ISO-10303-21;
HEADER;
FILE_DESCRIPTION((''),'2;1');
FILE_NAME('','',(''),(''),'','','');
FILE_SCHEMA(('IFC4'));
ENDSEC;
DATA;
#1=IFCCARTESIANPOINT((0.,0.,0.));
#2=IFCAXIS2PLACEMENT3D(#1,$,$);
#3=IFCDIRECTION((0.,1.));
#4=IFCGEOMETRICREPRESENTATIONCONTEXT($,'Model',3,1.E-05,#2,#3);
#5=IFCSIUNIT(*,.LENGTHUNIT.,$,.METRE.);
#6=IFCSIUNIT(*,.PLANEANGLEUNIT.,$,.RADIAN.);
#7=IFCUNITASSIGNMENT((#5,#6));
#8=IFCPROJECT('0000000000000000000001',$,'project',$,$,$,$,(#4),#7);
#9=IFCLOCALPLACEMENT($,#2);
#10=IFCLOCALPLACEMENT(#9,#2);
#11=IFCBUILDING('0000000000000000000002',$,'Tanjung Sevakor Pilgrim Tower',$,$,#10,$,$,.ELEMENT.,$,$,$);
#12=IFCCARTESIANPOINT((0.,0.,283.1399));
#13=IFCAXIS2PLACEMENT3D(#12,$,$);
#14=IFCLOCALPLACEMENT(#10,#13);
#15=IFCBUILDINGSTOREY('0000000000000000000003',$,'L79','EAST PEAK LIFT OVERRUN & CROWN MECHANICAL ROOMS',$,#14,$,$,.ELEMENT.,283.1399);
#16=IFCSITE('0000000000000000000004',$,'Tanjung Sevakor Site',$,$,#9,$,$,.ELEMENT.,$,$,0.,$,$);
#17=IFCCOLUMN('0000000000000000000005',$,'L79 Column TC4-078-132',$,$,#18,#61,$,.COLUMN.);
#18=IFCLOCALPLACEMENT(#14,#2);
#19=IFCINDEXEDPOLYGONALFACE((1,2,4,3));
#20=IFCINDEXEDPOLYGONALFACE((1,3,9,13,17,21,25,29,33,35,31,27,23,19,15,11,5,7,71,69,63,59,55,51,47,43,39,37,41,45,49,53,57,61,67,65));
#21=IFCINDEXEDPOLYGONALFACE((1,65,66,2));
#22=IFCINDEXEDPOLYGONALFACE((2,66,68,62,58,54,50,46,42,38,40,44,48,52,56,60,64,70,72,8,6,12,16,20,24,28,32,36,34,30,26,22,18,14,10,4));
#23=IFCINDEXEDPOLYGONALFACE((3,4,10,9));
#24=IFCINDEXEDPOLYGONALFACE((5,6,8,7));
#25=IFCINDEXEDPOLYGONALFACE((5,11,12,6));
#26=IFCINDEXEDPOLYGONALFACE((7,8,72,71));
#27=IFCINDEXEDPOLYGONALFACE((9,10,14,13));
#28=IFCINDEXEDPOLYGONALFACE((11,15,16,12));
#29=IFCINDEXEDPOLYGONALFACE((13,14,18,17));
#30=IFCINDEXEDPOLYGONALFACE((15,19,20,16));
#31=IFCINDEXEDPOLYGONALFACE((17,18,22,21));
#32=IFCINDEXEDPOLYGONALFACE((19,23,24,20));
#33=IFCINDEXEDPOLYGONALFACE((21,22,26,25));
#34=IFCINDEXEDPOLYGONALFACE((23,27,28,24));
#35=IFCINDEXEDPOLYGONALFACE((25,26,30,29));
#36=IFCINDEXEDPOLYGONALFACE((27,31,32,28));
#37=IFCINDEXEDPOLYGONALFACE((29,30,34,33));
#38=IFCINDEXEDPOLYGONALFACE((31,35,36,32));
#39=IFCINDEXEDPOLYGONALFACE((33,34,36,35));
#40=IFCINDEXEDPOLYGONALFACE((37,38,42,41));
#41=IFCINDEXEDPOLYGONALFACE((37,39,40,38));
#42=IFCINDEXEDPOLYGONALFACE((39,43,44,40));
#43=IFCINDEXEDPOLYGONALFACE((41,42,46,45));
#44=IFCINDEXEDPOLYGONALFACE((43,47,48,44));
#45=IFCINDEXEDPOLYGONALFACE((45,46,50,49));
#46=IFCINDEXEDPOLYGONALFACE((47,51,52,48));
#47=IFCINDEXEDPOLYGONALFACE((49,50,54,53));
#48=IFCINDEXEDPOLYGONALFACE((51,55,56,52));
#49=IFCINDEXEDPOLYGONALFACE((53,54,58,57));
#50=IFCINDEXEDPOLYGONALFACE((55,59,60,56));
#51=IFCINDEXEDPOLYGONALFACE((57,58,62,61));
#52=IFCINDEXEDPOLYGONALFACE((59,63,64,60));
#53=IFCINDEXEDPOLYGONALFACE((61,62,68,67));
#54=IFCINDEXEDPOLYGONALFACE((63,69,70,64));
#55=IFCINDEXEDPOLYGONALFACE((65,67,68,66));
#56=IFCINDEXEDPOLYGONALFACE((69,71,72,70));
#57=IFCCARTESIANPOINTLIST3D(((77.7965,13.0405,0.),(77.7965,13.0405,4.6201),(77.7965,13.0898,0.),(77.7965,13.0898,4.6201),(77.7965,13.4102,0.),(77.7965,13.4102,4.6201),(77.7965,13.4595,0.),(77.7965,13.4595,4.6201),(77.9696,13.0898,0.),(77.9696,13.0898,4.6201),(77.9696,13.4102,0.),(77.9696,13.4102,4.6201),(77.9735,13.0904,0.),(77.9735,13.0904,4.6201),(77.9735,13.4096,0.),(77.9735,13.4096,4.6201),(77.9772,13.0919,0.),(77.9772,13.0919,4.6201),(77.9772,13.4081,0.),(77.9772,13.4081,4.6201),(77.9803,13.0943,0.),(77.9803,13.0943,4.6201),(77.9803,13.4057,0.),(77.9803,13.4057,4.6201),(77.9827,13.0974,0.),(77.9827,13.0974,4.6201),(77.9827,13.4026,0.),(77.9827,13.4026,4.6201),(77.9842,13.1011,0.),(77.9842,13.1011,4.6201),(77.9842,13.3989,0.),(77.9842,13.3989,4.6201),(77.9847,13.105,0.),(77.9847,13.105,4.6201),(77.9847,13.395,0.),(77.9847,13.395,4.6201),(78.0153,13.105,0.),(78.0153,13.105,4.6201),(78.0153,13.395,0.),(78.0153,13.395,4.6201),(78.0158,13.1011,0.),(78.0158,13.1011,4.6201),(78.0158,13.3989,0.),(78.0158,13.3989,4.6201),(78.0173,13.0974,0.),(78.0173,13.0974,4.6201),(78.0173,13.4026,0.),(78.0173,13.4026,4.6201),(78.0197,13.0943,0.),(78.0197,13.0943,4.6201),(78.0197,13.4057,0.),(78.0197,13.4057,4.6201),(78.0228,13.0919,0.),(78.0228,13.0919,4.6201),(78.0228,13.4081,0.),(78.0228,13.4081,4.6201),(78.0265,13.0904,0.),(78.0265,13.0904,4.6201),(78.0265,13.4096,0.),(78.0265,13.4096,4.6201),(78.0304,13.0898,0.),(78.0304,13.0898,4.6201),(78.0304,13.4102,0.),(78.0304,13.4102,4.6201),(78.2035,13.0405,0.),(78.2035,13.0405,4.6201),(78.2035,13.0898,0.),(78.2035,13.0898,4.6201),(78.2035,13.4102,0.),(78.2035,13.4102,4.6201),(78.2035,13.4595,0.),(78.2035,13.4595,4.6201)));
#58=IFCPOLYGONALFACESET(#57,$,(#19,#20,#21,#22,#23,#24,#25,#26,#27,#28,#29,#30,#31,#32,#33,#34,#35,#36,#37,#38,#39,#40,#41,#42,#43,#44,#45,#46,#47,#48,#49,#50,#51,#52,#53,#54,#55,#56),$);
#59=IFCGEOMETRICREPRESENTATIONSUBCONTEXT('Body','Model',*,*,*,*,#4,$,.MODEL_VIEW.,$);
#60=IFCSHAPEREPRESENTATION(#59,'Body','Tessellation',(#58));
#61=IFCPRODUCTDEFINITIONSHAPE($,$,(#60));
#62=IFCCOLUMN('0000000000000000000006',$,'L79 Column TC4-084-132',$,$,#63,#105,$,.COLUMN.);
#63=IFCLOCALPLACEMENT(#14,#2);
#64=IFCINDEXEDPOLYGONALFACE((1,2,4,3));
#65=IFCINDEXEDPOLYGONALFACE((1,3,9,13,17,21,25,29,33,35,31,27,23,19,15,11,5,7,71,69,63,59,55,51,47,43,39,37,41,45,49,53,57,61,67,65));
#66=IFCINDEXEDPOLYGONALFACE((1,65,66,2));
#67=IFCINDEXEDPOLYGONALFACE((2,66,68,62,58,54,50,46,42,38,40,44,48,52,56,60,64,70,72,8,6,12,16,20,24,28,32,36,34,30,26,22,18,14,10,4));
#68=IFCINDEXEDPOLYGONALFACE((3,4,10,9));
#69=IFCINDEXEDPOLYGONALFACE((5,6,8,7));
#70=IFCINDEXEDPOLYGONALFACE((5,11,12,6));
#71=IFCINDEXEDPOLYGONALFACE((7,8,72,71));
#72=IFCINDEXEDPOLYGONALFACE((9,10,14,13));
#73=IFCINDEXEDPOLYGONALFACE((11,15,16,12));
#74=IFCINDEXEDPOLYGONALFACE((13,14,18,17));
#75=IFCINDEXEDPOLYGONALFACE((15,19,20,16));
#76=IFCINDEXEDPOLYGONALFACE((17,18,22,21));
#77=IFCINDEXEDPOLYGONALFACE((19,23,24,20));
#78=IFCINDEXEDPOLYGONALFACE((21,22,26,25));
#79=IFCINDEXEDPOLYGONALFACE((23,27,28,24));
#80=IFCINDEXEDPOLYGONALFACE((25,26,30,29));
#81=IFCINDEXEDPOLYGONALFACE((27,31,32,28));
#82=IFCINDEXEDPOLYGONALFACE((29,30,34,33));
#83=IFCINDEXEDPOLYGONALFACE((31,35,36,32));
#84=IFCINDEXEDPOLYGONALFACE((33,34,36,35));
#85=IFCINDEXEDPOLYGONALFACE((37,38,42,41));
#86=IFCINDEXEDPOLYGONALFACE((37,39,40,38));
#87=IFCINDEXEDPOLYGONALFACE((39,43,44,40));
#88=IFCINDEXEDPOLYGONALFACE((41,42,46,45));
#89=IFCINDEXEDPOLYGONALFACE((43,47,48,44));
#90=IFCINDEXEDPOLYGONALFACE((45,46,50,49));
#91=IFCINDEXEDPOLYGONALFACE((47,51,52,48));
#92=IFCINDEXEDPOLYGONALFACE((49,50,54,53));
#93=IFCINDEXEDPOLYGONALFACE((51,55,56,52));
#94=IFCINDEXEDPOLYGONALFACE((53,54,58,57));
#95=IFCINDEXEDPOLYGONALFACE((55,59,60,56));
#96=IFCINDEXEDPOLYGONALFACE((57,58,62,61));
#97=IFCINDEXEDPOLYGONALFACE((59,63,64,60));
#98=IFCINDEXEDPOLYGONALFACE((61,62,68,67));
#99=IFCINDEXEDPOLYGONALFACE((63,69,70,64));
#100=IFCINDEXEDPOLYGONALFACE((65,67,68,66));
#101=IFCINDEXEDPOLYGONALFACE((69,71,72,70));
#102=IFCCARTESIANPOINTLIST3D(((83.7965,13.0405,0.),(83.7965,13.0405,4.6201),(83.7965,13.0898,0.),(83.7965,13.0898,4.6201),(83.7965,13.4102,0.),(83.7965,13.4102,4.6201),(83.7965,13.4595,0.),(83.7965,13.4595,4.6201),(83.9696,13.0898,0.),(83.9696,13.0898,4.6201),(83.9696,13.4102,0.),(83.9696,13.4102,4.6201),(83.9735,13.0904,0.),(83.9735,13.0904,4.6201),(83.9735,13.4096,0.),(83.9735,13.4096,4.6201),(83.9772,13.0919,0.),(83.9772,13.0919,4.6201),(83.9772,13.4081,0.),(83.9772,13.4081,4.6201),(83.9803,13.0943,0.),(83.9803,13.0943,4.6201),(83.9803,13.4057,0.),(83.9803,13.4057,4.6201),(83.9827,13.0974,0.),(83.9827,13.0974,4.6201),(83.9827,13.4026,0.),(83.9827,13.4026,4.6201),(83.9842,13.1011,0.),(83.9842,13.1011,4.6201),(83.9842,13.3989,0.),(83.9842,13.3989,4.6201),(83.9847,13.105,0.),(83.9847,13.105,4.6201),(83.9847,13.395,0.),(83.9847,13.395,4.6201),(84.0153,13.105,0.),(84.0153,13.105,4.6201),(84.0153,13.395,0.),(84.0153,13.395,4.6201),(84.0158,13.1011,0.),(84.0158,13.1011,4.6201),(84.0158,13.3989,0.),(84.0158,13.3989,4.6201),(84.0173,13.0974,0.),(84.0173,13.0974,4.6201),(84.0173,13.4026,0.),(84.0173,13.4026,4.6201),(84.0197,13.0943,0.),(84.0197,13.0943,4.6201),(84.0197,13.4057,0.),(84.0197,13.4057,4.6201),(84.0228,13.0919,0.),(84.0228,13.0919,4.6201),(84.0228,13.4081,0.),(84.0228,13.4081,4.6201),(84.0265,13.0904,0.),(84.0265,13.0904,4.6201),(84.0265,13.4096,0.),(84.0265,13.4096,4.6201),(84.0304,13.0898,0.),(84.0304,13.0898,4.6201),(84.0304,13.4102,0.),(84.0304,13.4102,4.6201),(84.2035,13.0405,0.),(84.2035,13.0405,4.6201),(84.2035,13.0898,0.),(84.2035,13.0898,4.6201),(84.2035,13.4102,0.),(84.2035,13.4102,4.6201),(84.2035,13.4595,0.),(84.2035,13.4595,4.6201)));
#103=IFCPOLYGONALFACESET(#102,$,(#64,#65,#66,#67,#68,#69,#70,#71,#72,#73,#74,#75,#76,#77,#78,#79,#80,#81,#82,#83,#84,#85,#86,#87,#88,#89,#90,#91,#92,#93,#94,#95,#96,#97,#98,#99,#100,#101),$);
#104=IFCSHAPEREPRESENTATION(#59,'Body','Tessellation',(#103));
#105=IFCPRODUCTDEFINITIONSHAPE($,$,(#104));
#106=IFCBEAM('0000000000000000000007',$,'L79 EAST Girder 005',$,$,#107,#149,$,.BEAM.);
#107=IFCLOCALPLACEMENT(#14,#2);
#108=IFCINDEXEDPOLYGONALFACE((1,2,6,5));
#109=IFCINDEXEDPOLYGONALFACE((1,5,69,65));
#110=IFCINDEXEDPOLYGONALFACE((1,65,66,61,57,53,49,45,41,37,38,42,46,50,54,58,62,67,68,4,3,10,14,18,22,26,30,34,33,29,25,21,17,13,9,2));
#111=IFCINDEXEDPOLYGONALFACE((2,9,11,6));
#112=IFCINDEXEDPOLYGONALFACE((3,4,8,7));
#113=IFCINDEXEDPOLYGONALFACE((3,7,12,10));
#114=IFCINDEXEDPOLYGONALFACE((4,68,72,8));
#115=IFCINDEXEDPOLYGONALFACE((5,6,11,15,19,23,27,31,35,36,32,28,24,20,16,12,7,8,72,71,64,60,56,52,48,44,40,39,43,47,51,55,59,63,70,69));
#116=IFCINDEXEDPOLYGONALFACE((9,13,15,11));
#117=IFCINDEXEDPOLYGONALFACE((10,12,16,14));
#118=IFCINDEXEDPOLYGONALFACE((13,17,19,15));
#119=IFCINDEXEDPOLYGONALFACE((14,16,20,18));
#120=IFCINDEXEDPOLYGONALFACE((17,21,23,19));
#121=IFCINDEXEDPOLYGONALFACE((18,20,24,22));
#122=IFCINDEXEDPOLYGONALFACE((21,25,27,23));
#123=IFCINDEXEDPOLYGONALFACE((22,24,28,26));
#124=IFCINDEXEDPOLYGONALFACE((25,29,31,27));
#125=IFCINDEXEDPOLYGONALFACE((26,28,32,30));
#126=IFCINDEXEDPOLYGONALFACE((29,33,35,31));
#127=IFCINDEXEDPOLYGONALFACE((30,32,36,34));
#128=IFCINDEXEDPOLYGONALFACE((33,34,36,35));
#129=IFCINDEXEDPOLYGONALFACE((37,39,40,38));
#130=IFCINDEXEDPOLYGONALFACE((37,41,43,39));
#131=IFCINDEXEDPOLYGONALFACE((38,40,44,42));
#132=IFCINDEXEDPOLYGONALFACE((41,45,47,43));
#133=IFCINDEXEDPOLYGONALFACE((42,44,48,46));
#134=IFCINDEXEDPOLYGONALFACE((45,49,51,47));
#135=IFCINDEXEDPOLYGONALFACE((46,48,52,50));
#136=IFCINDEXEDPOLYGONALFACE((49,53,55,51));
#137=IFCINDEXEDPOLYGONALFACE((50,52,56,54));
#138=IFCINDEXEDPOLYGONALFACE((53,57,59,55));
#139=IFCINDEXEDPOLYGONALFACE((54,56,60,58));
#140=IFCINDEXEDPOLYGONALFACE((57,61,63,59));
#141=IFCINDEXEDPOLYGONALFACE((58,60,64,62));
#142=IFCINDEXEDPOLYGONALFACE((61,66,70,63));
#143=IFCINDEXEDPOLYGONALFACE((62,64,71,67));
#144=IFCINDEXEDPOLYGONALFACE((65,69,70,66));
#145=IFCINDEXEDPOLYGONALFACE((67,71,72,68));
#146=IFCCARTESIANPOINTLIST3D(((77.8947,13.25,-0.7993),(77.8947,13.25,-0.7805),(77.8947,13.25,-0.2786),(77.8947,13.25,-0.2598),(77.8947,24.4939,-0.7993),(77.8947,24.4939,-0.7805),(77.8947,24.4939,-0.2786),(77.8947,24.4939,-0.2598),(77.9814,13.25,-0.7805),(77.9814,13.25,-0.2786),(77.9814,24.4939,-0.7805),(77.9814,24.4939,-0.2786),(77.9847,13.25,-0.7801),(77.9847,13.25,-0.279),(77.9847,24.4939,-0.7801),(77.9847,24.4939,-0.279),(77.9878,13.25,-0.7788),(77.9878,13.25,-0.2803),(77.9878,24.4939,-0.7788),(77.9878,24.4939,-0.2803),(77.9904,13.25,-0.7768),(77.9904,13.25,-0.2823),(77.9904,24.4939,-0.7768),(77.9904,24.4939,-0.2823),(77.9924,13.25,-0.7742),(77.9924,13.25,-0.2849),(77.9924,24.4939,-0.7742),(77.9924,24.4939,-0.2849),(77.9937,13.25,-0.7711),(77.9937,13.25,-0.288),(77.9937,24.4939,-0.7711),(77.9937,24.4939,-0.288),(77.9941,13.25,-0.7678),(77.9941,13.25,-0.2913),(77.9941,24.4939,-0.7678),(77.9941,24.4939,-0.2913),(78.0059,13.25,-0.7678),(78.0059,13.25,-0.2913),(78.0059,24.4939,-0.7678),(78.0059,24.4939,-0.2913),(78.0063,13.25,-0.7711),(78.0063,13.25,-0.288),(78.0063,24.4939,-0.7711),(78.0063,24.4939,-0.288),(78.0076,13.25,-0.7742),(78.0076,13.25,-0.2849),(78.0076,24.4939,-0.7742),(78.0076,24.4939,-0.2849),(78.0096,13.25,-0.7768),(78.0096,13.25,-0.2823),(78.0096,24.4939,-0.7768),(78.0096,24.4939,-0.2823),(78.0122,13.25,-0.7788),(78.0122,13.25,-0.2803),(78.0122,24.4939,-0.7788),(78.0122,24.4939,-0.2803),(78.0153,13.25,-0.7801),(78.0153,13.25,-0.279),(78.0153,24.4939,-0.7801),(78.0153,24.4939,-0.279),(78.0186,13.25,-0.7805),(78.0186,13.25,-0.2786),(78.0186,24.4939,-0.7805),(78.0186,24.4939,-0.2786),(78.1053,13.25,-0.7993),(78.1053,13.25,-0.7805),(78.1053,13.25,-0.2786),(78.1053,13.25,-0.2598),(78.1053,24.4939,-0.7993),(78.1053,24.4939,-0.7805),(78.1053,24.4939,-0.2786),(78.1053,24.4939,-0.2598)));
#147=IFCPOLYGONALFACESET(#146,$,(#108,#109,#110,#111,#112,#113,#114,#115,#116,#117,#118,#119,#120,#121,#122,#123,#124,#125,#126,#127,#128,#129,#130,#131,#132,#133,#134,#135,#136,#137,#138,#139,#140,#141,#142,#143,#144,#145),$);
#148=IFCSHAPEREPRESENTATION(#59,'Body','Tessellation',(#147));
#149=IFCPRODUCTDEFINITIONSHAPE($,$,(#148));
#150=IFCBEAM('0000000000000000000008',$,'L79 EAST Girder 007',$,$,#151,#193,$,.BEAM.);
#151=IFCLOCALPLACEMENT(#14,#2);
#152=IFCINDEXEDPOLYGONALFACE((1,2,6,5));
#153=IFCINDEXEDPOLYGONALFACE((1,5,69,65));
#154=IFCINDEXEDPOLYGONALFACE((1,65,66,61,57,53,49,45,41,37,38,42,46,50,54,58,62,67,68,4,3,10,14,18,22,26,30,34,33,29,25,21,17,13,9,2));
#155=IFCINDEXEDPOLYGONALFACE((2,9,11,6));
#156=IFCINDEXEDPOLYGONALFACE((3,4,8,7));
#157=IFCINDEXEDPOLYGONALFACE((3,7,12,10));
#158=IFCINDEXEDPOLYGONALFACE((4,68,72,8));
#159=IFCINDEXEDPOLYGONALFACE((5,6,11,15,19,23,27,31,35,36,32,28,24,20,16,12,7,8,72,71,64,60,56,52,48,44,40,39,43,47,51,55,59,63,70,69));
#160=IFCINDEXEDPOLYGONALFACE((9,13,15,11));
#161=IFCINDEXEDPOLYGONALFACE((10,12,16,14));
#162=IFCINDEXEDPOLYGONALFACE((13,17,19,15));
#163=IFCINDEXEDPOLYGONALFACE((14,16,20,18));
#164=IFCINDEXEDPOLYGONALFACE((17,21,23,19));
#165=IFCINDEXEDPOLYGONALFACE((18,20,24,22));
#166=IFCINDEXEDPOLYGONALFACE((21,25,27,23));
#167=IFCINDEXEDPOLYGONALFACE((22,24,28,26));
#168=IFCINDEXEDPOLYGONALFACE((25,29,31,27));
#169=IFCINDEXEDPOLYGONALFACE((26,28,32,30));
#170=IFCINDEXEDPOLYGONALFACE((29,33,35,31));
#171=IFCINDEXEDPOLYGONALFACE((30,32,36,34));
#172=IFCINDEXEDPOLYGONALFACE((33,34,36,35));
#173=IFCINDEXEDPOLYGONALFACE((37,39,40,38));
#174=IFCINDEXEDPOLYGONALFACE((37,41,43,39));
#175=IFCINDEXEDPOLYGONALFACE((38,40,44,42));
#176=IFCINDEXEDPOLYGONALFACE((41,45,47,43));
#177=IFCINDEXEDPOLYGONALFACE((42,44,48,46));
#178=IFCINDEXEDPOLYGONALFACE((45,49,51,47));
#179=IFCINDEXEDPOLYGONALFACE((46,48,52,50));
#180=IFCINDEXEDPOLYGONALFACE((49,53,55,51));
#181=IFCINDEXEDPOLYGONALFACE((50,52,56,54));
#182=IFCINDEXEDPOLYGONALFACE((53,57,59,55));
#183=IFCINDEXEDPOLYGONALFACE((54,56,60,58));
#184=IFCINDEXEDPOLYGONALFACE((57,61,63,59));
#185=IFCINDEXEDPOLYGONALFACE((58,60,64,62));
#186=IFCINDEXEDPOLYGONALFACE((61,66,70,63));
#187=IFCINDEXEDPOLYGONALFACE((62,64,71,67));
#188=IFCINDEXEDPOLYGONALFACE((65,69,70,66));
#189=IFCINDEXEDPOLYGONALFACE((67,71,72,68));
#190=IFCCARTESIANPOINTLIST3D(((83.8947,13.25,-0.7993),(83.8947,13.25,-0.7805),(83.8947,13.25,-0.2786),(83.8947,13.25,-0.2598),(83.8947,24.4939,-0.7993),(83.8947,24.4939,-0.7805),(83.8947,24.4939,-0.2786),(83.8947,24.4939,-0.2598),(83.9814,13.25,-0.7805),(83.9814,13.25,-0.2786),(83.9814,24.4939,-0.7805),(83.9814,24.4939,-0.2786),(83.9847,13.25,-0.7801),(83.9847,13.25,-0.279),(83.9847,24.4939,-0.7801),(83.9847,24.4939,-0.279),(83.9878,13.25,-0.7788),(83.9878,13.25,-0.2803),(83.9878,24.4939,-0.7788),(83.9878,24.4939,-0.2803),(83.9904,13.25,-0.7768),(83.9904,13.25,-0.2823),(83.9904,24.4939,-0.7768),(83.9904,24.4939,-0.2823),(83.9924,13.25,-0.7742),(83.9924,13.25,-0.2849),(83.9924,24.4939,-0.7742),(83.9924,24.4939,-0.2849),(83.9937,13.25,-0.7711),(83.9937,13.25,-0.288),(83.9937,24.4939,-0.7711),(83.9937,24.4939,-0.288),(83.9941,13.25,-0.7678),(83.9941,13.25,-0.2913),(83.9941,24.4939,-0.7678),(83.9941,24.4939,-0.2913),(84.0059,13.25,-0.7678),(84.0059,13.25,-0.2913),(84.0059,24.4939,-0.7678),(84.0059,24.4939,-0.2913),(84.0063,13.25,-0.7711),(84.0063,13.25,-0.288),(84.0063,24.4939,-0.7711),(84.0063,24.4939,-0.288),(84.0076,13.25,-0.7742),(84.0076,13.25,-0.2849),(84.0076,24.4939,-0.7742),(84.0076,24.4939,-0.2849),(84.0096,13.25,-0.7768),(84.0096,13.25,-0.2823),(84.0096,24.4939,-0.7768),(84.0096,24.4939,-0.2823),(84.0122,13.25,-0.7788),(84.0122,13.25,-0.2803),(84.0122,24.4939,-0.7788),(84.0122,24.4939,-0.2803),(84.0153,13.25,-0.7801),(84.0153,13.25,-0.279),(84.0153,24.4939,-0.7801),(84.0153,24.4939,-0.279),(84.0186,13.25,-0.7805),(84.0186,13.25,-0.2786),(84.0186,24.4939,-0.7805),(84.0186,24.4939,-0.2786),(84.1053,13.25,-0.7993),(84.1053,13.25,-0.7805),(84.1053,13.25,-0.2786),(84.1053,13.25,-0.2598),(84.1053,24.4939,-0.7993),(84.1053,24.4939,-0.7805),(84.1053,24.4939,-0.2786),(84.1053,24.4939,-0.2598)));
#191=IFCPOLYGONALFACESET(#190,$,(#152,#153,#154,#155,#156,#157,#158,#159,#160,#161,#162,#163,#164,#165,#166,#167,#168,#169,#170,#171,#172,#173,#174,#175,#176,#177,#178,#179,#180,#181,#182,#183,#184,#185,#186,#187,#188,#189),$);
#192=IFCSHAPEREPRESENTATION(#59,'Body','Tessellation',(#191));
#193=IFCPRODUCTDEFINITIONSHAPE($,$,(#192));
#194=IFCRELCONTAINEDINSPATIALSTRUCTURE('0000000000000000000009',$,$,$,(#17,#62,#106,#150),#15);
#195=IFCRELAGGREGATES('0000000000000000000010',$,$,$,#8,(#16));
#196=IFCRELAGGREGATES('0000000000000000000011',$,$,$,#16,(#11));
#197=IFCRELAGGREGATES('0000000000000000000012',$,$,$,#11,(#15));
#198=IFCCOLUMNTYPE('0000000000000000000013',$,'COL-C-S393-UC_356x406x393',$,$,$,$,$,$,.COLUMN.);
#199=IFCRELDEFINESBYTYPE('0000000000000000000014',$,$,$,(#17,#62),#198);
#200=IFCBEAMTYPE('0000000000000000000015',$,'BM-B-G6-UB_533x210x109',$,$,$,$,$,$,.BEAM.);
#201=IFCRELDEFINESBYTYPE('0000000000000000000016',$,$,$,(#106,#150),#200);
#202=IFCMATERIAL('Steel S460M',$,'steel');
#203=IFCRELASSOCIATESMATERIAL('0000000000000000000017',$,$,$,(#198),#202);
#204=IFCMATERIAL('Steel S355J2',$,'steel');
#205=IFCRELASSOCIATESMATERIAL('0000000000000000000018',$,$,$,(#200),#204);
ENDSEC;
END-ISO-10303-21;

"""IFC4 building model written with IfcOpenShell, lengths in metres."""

from ifc_helpers import new_model, si_unit, direction, frame, origin, origin_2d, place, context, subcontext, project, spatial, i_section, extrude, material, material_profile, profile_set, type_object, element, save


model = new_model("IFC4")

# Units and contexts
model_context = context("Model", 3, precision=1e-05, world=origin(), true_north=direction((0.0, 1.0)))
body_context = subcontext(model_context, "Body", "Model", "MODEL_VIEW")
ifc_project = project(units=[si_unit("LENGTHUNIT", "METRE"), si_unit("PLANEANGLEUNIT", "RADIAN")], contexts=[model_context])

# Site, building, storey
site_placement = place(None, origin())
site = spatial("IfcSite", under=ifc_project, at=site_placement, Name="Tanjung Sevakor Site", CompositionType="ELEMENT", RefElevation=0.0)
building_placement = place(site_placement, origin())
building = spatial("IfcBuilding", under=site, at=building_placement, Name="Tanjung Sevakor Pilgrim Tower", CompositionType="ELEMENT")
storey_placement = place(building_placement, frame((0.0, 0.0, 283.1399)))
storey = spatial("IfcBuildingStorey", under=building, at=storey_placement, Name="L79", Description="EAST PEAK LIFT OVERRUN & CROWN MECHANICAL ROOMS", CompositionType="ELEMENT", Elevation=283.1399)

# Columns
ifc_material_1 = material(Name="Steel S460M", Category="steel")
ifc_material_profile_1 = material_profile(ifc_material_1, i_section(OverallWidth=0.407, OverallDepth=0.4189, WebThickness=0.0305, FlangeThickness=0.0493, FilletRadius=0.0151, at=origin_2d()))
ifc_profile_set_1 = profile_set([ifc_material_profile_1], Name="Steel S460M")
column_type = type_object("IfcColumnType", Name="COL-C-S393-UC_356x406x393", PredefinedType="COLUMN", material=ifc_profile_set_1)
for number, where, z_axis, x_axis, name in (
    (1, (78.0, 13.25, 0.0), (0.0, 0.0, 1.0), (1.0, 0.0, 0.0), "L79 Column TC4-078-132"),
    (2, (84.0, 13.25, 0.0), (0.0, 0.0, 1.0), (1.0, 0.0, 0.0), "L79 Column TC4-084-132"),
):
    element("IfcColumn", number, at=place(storey_placement, frame(where, z_axis=z_axis, x_axis=x_axis)), inside=storey, type_object=column_type, Name=name, PredefinedType="COLUMN", context=body_context, shape_type="SweptSolid", body=[
        extrude(i_section(OverallWidth=0.407, OverallDepth=0.4189, WebThickness=0.0305, FlangeThickness=0.0493, FilletRadius=0.0151, at=origin_2d()), origin(), (0.0, 0.0, 1.0), 4.6201),
    ])

# Beams
ifc_material_2 = material(Name="Steel S355J2", Category="steel")
ifc_material_profile_2 = material_profile(ifc_material_2, i_section(OverallWidth=0.2107, OverallDepth=0.5396, WebThickness=0.0117, FlangeThickness=0.0188, FilletRadius=0.0127, at=origin_2d()))
ifc_profile_set_2 = profile_set([ifc_material_profile_2], Name="Steel S355J2")
beam_type_1 = type_object("IfcBeamType", Name="BM-B-G6-UB_533x210x109", PredefinedType="BEAM", material=ifc_profile_set_2)
for number, where, z_axis, x_axis, name in (
    (3, (78.0, 13.25, -0.5295), (0.0, 1.0, 0.0), (-1.0, 0.0, 0.0), "L79 EAST Girder 005"),
    (4, (84.0, 13.25, -0.5295), (0.0, 1.0, 0.0), (-1.0, 0.0, 0.0), "L79 EAST Girder 007"),
):
    element("IfcBeam", number, at=place(storey_placement, frame(where, z_axis=z_axis, x_axis=x_axis)), inside=storey, type_object=beam_type_1, Name=name, PredefinedType="BEAM", context=body_context, shape_type="SweptSolid", body=[
        extrude(i_section(OverallWidth=0.2107, OverallDepth=0.5396, WebThickness=0.0117, FlangeThickness=0.0188, FilletRadius=0.0127, at=origin_2d()), origin(), (0.0, 0.0, 1.0), 11.2439),
    ])

save(model, "model.ifc")
